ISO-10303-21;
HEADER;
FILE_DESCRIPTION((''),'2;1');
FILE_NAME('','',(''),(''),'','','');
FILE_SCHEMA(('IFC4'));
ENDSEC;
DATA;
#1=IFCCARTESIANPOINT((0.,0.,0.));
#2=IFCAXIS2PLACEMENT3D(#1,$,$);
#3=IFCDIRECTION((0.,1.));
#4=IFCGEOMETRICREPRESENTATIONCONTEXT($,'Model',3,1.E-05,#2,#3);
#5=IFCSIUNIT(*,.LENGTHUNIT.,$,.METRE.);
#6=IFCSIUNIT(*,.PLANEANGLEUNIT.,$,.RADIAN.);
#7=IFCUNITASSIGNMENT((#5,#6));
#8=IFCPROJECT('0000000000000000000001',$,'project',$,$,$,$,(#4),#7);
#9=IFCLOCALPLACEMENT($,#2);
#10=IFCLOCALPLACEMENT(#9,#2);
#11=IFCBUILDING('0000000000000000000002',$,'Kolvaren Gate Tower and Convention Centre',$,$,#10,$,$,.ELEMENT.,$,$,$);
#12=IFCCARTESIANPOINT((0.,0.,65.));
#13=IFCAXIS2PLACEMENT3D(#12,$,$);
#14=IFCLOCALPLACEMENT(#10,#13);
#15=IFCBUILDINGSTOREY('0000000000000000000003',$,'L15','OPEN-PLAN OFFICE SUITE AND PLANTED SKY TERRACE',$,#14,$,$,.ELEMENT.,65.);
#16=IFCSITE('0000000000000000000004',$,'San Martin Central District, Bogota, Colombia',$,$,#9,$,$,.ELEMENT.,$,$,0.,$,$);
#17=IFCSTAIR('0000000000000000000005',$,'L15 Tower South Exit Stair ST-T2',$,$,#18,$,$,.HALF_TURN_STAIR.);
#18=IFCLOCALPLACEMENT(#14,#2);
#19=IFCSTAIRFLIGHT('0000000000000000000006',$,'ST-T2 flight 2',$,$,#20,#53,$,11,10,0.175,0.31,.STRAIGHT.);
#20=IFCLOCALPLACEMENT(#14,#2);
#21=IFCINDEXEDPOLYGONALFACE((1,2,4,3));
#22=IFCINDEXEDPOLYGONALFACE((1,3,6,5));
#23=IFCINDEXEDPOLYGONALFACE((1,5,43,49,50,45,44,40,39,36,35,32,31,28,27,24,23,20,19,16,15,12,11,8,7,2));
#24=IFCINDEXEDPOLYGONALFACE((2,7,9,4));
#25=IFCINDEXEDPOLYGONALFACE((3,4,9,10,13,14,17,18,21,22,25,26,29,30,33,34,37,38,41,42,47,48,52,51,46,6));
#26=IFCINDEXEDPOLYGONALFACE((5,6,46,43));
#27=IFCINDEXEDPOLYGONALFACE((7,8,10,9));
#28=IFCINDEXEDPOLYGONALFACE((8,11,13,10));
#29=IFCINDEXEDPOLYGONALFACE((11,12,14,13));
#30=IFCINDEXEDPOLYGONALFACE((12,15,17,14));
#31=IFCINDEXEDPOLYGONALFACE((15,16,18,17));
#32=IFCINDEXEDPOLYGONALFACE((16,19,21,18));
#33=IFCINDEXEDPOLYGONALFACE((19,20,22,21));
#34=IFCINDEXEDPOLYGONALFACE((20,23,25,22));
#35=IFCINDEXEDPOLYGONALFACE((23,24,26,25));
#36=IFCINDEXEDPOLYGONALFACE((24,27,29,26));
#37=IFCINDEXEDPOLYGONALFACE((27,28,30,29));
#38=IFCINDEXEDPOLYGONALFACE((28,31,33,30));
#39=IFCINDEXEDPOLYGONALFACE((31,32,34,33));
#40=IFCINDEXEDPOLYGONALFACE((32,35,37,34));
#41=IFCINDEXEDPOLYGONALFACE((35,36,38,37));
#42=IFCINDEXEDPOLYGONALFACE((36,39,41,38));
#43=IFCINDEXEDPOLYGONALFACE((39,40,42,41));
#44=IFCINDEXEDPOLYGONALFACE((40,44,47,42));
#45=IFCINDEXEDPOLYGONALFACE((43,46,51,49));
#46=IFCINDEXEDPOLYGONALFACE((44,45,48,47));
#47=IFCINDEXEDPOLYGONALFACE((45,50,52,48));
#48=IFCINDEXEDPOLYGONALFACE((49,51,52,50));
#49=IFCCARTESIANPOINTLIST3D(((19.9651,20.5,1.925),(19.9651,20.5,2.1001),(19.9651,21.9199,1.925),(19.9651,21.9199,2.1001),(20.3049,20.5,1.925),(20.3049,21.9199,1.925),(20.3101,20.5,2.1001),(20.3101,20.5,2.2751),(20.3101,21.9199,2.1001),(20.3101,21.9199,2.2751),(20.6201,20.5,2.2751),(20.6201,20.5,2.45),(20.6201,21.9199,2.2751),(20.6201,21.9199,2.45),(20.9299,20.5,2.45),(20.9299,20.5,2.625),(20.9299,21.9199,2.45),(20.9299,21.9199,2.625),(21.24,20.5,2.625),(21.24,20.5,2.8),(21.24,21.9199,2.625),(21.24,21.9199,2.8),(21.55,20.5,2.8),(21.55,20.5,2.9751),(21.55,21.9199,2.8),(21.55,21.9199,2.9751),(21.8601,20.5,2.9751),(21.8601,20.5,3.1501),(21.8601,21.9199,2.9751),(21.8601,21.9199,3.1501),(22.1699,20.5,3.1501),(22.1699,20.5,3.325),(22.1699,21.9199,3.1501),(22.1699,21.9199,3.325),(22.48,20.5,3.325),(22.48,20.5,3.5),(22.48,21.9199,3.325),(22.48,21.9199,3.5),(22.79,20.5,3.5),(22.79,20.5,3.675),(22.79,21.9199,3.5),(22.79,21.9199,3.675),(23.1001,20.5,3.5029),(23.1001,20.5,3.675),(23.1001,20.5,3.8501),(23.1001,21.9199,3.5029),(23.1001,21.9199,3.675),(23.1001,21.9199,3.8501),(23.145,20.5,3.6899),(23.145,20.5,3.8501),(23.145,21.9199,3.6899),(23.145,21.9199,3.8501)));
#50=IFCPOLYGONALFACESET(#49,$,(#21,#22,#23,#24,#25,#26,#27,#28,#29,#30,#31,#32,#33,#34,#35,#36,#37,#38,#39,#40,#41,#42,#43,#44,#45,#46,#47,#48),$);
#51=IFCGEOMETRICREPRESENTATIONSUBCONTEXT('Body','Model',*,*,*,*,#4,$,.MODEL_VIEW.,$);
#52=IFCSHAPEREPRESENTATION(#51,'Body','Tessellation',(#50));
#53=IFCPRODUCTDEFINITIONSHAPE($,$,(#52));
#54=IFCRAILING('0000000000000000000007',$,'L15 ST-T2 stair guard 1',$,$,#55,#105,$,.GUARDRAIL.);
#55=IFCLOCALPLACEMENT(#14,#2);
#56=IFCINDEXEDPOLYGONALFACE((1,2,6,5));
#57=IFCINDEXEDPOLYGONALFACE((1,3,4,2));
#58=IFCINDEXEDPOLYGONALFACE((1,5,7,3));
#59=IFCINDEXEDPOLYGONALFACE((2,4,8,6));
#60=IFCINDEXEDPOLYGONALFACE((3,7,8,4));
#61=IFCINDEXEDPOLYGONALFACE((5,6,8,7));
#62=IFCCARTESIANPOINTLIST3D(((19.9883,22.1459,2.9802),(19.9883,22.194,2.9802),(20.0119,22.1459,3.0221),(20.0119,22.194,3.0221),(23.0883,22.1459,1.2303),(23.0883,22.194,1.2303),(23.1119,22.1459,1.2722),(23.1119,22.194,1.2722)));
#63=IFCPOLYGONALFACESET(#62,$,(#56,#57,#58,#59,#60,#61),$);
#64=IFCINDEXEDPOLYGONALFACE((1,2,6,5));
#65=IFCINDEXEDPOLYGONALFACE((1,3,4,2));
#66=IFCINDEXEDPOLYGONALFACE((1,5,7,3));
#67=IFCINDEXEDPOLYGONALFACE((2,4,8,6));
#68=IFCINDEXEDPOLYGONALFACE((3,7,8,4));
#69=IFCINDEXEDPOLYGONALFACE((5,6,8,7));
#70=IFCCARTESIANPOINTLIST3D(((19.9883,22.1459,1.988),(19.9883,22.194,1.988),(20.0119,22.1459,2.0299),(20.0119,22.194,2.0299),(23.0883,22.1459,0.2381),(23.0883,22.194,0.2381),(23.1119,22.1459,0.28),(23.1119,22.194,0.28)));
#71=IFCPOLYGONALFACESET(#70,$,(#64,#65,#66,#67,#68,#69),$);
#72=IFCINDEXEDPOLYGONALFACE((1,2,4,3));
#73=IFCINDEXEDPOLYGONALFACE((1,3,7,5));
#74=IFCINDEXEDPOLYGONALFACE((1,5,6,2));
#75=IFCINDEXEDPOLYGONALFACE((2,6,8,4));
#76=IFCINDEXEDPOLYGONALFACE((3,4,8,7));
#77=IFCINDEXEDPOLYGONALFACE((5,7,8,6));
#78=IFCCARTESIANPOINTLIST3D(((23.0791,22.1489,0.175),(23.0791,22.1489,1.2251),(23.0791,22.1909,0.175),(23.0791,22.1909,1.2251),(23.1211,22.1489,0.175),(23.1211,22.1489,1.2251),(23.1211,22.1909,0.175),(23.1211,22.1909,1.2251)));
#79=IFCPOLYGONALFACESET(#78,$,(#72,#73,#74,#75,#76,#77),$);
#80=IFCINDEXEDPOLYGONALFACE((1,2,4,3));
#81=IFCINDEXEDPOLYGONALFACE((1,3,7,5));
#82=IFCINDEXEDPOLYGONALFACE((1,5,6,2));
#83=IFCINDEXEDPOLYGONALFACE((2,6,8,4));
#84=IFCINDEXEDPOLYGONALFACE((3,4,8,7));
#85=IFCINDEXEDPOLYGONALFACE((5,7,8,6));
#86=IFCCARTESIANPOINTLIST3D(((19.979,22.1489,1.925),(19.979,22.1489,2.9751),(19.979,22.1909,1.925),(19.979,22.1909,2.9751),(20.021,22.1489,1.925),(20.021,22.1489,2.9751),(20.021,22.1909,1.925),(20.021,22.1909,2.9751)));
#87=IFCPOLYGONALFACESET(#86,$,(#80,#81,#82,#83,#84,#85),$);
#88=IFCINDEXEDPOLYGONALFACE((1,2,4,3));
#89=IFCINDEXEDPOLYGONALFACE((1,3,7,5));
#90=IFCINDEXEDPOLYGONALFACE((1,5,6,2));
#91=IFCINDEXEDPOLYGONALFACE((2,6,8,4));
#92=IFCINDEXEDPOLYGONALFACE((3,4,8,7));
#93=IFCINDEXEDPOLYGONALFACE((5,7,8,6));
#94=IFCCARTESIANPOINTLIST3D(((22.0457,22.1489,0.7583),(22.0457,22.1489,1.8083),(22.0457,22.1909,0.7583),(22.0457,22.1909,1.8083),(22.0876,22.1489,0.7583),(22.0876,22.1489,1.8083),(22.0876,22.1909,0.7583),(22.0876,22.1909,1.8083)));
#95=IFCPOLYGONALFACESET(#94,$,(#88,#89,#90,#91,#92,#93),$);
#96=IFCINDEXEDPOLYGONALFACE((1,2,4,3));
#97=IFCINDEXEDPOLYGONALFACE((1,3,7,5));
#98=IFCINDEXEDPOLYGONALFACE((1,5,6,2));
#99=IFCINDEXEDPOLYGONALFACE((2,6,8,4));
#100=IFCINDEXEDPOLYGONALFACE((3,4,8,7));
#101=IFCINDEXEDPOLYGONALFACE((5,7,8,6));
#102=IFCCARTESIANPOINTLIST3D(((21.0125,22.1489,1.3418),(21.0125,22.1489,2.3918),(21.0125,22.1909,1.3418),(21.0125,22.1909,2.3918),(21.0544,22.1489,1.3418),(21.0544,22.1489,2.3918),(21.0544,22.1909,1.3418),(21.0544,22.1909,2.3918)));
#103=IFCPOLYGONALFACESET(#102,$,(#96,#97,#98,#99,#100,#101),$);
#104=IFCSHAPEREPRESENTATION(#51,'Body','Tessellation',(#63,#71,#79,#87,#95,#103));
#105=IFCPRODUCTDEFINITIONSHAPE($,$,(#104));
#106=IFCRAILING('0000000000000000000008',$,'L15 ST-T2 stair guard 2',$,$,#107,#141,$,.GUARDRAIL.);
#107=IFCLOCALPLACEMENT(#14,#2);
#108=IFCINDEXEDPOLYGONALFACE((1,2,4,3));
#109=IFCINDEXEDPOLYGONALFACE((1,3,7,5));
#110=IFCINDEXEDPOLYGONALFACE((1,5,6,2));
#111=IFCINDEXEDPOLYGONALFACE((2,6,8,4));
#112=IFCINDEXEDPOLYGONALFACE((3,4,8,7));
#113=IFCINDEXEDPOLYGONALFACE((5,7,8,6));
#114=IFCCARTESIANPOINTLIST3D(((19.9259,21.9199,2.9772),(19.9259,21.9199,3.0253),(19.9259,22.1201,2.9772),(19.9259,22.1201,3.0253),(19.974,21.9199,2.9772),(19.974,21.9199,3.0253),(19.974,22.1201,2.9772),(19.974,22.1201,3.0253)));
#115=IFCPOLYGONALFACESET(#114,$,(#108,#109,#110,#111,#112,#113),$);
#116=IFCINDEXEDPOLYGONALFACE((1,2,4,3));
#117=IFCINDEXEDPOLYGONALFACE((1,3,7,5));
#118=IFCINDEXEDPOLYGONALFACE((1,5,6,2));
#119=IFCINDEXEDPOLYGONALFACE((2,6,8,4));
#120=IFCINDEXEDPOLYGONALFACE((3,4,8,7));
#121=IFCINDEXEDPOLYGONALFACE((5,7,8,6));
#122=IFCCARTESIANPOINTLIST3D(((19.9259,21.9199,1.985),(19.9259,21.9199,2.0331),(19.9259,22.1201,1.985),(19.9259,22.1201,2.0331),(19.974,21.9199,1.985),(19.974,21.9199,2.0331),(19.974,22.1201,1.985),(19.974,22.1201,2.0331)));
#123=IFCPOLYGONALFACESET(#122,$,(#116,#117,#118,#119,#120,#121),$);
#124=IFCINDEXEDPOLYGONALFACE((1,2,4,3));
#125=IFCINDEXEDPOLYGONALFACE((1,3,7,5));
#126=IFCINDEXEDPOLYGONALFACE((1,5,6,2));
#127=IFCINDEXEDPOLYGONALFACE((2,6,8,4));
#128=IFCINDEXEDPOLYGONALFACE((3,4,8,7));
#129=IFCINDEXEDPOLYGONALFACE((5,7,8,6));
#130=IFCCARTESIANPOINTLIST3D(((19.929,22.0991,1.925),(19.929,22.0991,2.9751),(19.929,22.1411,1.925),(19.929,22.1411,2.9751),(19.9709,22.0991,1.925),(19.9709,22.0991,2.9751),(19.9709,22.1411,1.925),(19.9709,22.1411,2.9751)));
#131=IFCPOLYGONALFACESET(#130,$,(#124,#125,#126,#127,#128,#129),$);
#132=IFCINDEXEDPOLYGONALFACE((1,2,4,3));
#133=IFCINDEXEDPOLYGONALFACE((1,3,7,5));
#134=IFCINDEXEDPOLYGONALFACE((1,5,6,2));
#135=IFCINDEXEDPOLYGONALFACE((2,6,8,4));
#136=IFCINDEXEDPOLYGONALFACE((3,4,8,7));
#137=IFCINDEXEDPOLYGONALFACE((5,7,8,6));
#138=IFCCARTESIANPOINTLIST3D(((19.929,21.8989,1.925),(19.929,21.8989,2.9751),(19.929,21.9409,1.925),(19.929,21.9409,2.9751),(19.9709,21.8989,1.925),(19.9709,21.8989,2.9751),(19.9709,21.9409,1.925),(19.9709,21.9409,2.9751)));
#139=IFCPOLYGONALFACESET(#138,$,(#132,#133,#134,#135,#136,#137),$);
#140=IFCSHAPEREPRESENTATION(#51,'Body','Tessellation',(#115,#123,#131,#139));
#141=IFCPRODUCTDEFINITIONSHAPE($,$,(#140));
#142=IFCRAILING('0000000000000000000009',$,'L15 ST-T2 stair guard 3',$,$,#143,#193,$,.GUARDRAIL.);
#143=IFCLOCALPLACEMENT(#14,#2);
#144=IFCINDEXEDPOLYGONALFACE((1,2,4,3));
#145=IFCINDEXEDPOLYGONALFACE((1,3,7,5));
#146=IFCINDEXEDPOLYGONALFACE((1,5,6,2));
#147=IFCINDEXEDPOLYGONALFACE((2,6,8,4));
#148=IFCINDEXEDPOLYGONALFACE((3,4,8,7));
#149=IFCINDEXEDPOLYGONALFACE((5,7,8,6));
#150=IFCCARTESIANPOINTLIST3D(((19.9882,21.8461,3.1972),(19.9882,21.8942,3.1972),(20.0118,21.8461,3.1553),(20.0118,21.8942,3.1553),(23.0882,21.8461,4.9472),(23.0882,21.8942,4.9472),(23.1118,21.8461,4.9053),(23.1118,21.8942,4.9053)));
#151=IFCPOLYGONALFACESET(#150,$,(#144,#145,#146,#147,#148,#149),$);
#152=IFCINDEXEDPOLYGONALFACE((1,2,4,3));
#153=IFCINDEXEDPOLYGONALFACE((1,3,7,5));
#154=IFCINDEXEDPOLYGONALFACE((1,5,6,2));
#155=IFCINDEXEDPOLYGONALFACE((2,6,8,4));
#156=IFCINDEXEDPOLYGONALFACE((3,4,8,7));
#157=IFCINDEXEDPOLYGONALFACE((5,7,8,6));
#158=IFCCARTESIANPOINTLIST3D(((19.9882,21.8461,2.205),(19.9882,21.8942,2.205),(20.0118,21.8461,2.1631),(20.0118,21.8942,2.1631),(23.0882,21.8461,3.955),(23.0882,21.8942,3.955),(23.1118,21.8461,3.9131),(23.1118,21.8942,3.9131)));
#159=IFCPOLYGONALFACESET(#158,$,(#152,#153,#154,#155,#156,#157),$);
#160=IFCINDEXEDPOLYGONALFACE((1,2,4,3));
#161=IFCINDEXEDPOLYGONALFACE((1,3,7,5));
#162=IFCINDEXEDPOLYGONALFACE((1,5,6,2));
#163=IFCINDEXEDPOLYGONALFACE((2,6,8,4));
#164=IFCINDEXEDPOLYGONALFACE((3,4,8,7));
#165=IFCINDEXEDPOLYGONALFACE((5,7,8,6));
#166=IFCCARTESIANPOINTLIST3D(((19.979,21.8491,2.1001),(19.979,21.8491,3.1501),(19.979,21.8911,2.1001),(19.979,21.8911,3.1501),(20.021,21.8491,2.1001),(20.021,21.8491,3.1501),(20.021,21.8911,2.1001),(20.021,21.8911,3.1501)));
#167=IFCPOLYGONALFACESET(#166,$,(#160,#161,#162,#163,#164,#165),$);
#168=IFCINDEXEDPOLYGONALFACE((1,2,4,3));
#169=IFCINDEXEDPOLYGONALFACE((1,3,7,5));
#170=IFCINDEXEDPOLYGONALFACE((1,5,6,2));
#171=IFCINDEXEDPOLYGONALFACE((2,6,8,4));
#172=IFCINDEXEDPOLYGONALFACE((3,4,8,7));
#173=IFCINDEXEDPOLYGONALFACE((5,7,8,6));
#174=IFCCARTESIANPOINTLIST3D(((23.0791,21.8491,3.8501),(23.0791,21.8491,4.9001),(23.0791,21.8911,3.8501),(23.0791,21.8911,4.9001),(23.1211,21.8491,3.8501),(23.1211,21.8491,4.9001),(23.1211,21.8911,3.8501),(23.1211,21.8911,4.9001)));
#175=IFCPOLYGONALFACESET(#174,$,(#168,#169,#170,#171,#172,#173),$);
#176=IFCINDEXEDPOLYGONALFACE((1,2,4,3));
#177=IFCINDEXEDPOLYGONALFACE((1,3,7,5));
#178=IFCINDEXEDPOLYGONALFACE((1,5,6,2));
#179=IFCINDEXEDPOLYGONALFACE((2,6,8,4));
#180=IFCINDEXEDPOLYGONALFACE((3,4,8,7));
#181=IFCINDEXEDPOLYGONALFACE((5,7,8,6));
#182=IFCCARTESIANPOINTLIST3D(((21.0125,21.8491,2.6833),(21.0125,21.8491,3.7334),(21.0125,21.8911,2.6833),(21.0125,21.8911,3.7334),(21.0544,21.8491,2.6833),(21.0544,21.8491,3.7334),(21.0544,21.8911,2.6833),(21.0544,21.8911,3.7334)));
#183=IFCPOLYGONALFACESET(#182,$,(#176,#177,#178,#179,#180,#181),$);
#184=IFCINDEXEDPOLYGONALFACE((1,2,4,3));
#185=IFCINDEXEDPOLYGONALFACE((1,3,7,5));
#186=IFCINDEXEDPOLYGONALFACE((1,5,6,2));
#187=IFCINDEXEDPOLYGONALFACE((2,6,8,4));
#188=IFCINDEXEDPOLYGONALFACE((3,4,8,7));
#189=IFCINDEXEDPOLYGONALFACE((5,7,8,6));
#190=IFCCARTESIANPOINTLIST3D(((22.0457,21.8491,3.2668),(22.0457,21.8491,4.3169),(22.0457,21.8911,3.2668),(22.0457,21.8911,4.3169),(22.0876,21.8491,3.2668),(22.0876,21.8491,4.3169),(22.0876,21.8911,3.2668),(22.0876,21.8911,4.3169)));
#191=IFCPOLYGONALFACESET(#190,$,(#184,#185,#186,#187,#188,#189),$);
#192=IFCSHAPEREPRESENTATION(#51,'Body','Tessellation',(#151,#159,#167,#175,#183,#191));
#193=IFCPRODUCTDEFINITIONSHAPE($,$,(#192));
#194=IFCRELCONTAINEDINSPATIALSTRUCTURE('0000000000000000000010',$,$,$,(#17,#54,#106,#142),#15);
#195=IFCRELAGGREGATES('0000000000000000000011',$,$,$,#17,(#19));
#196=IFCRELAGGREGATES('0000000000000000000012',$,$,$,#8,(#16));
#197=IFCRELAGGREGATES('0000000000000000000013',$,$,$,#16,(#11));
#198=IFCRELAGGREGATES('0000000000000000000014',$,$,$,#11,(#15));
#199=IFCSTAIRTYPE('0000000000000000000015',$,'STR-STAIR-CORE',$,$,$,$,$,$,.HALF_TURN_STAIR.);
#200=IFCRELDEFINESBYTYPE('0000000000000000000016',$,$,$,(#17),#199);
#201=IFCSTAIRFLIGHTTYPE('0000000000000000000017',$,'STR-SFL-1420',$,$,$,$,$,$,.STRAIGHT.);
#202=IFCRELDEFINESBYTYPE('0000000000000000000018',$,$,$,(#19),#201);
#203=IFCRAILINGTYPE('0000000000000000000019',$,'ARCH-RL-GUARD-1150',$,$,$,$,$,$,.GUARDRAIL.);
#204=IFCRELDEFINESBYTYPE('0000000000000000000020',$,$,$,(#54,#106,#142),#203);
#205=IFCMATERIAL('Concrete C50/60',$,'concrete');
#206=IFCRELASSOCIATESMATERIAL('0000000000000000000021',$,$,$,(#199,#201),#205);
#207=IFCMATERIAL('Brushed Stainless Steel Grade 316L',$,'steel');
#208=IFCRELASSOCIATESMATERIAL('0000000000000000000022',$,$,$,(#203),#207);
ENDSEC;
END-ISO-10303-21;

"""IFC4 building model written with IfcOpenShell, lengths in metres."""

from ifc_helpers import new_model, si_unit, direction, frame, origin, origin_2d, place, context, subcontext, project, spatial, polyline, rectangle, outline, extrude, material, type_object, element, aggregate, save


model = new_model("IFC4")

# Units and contexts
model_context = context("Model", 3, precision=1e-05, world=origin(), true_north=direction((0.0, 1.0)))
body_context = subcontext(model_context, "Body", "Model", "MODEL_VIEW")
ifc_project = project(units=[si_unit("LENGTHUNIT", "METRE"), si_unit("PLANEANGLEUNIT", "RADIAN")], contexts=[model_context])

# Site, building, storey
site_placement = place(None, origin())
site = spatial("IfcSite", under=ifc_project, at=site_placement, Name="San Martin Central District, Bogota, Colombia", CompositionType="ELEMENT", RefElevation=0.0)
building_placement = place(site_placement, origin())
building = spatial("IfcBuilding", under=site, at=building_placement, Name="Kolvaren Gate Tower and Convention Centre", CompositionType="ELEMENT")
storey_placement = place(building_placement, frame((0.0, 0.0, 65.0)))
storey = spatial("IfcBuildingStorey", under=building, at=storey_placement, Name="L15", Description="OPEN-PLAN OFFICE SUITE AND PLANTED SKY TERRACE", CompositionType="ELEMENT", Elevation=65.0)

# Shared definitions
ifc_material_1 = material(Name="Brushed Stainless Steel Grade 316L", Category="steel")

# Shared definitions
ifc_material_2 = material(Name="Concrete C50/60", Category="concrete")

# Stair, stair flight
stair_type = type_object("IfcStairType", Name="STR-STAIR-CORE", PredefinedType="HALF_TURN_STAIR", material=ifc_material_2)
stair_placement = place(storey_placement, origin())
stair = element("IfcStair", 1, at=stair_placement, inside=storey, type_object=stair_type, Name="L15 Tower South Exit Stair ST-T2", PredefinedType="HALF_TURN_STAIR")
stair_flight_type = type_object("IfcStairFlightType", Name="STR-SFL-1420", PredefinedType="STRAIGHT", material=ifc_material_2)
stair_flight_1_placement = place(storey_placement, frame((20.0, 21.21, 1.925), z_axis=(0.0, 0.0, 1.0), x_axis=(1.0, 0.0, 0.0)))
stair_flight_1 = element("IfcStairFlight", 2, at=stair_flight_1_placement, type_object=stair_flight_type, Name="ST-T2 flight 2", NumberOfRisers=11, NumberOfTreads=10, PredefinedType="STRAIGHT", RiserHeight=0.175, TreadLength=0.31, context=body_context, shape_type="SweptSolid", body=[
    extrude(outline(polyline([(-0.0349, 0.0), (-0.0349, 0.175), (0.3101, 0.175), (0.3101, 0.3501), (0.6201, 0.3501), (0.6201, 0.5249), (0.9299, 0.5249), (0.9299, 0.7), (1.24, 0.7), (1.24, 0.875), (1.55, 0.875), (1.55, 1.05), (1.8601, 1.05), (1.8601, 1.2251), (2.1699, 1.2251), (2.1699, 1.3999), (2.48, 1.3999), (2.48, 1.575), (2.79, 1.575), (2.79, 1.75), (3.1001, 1.75), (3.1001, 1.925), (3.145, 1.925), (3.145, 1.7649), (3.1001, 1.5779), (0.3049, 0.0), (-0.0349, 0.0)])), frame((0.0, 0.71, 0.0), z_axis=(0.0, -1.0, 0.0), x_axis=(1.0, 0.0, 0.0)), (0.0, 0.0, 1.0), 1.4199),
])
aggregate(stair, [stair_flight_1])

# Railings
railing_type_1 = type_object("IfcRailingType", Name="ARCH-RL-GUARD-1150", PredefinedType="GUARDRAIL", material=ifc_material_1)
railing_1_placement = place(storey_placement, frame((23.1001, 22.1699, 0.175)))
element("IfcRailing", 3, at=railing_1_placement, inside=storey, type_object=railing_type_1, Name="L15 ST-T2 stair guard 1", PredefinedType="GUARDRAIL", context=body_context, shape_type="SweptSolid", body=[
    extrude(rectangle(XDim=0.0481, YDim=0.0481, at=origin_2d()), frame((0.0, 0.0, 1.0762), z_axis=(-0.870831, 0.0, 0.491583), x_axis=(0.0, -1.0, 0.0)), (0.0, 0.0, 1.0), 3.5598),
    extrude(rectangle(XDim=0.0481, YDim=0.0481, at=origin_2d()), frame((0.0, 0.0, 0.084), z_axis=(-0.870831, 0.0, 0.491583), x_axis=(0.0, -1.0, 0.0)), (0.0, 0.0, 1.0), 3.5598),
    extrude(rectangle(XDim=0.042, YDim=0.042, at=origin_2d()), origin(), (0.0, 0.0, 1.0), 1.05),
    extrude(rectangle(XDim=0.042, YDim=0.042, at=origin_2d()), frame((-3.1001, 0.0, 1.75)), (0.0, 0.0, 1.0), 1.05),
    extrude(rectangle(XDim=0.042, YDim=0.042, at=origin_2d()), frame((-1.0334, 0.0, 0.5833)), (0.0, 0.0, 1.0), 1.05),
    extrude(rectangle(XDim=0.042, YDim=0.042, at=origin_2d()), frame((-2.0667, 0.0, 1.1667)), (0.0, 0.0, 1.0), 1.05),
])
railing_2_placement = place(storey_placement, frame((19.95, 22.1201, 1.925)))
element("IfcRailing", 4, at=railing_2_placement, inside=storey, type_object=railing_type_1, Name="L15 ST-T2 stair guard 2", PredefinedType="GUARDRAIL", context=body_context, shape_type="SweptSolid", body=[
    extrude(rectangle(XDim=0.0481, YDim=0.0481, at=origin_2d()), frame((0.0, 0.0, 1.0762), z_axis=(0.0, -1.0, 0.0), x_axis=(1.0, 0.0, 0.0)), (0.0, 0.0, 1.0), 0.2002),
    extrude(rectangle(XDim=0.0481, YDim=0.0481, at=origin_2d()), frame((0.0, 0.0, 0.084), z_axis=(0.0, -1.0, 0.0), x_axis=(1.0, 0.0, 0.0)), (0.0, 0.0, 1.0), 0.2002),
    extrude(rectangle(XDim=0.042, YDim=0.042, at=origin_2d()), origin(), (0.0, 0.0, 1.0), 1.05),
    extrude(rectangle(XDim=0.042, YDim=0.042, at=origin_2d()), frame((0.0, -0.2002, 0.0)), (0.0, 0.0, 1.0), 1.05),
])
railing_3_placement = place(storey_placement, frame((20.0, 21.8701, 2.1001)))
element("IfcRailing", 5, at=railing_3_placement, inside=storey, type_object=railing_type_1, Name="L15 ST-T2 stair guard 3", PredefinedType="GUARDRAIL", context=body_context, shape_type="SweptSolid", body=[
    extrude(rectangle(XDim=0.0481, YDim=0.0481, at=origin_2d()), frame((0.0, 0.0, 1.0762), z_axis=(0.870831, 0.0, 0.491583), x_axis=(0.0, 1.0, 0.0)), (0.0, 0.0, 1.0), 3.5598),
    extrude(rectangle(XDim=0.0481, YDim=0.0481, at=origin_2d()), frame((0.0, 0.0, 0.084), z_axis=(0.870831, 0.0, 0.491583), x_axis=(0.0, 1.0, 0.0)), (0.0, 0.0, 1.0), 3.5598),
    extrude(rectangle(XDim=0.042, YDim=0.042, at=origin_2d()), origin(), (0.0, 0.0, 1.0), 1.05),
    extrude(rectangle(XDim=0.042, YDim=0.042, at=origin_2d()), frame((3.1001, 0.0, 1.75)), (0.0, 0.0, 1.0), 1.05),
    extrude(rectangle(XDim=0.042, YDim=0.042, at=origin_2d()), frame((1.0334, 0.0, 0.5833)), (0.0, 0.0, 1.0), 1.05),
    extrude(rectangle(XDim=0.042, YDim=0.042, at=origin_2d()), frame((2.0667, 0.0, 1.1667)), (0.0, 0.0, 1.0), 1.05),
])

save(model, "model.ifc")
